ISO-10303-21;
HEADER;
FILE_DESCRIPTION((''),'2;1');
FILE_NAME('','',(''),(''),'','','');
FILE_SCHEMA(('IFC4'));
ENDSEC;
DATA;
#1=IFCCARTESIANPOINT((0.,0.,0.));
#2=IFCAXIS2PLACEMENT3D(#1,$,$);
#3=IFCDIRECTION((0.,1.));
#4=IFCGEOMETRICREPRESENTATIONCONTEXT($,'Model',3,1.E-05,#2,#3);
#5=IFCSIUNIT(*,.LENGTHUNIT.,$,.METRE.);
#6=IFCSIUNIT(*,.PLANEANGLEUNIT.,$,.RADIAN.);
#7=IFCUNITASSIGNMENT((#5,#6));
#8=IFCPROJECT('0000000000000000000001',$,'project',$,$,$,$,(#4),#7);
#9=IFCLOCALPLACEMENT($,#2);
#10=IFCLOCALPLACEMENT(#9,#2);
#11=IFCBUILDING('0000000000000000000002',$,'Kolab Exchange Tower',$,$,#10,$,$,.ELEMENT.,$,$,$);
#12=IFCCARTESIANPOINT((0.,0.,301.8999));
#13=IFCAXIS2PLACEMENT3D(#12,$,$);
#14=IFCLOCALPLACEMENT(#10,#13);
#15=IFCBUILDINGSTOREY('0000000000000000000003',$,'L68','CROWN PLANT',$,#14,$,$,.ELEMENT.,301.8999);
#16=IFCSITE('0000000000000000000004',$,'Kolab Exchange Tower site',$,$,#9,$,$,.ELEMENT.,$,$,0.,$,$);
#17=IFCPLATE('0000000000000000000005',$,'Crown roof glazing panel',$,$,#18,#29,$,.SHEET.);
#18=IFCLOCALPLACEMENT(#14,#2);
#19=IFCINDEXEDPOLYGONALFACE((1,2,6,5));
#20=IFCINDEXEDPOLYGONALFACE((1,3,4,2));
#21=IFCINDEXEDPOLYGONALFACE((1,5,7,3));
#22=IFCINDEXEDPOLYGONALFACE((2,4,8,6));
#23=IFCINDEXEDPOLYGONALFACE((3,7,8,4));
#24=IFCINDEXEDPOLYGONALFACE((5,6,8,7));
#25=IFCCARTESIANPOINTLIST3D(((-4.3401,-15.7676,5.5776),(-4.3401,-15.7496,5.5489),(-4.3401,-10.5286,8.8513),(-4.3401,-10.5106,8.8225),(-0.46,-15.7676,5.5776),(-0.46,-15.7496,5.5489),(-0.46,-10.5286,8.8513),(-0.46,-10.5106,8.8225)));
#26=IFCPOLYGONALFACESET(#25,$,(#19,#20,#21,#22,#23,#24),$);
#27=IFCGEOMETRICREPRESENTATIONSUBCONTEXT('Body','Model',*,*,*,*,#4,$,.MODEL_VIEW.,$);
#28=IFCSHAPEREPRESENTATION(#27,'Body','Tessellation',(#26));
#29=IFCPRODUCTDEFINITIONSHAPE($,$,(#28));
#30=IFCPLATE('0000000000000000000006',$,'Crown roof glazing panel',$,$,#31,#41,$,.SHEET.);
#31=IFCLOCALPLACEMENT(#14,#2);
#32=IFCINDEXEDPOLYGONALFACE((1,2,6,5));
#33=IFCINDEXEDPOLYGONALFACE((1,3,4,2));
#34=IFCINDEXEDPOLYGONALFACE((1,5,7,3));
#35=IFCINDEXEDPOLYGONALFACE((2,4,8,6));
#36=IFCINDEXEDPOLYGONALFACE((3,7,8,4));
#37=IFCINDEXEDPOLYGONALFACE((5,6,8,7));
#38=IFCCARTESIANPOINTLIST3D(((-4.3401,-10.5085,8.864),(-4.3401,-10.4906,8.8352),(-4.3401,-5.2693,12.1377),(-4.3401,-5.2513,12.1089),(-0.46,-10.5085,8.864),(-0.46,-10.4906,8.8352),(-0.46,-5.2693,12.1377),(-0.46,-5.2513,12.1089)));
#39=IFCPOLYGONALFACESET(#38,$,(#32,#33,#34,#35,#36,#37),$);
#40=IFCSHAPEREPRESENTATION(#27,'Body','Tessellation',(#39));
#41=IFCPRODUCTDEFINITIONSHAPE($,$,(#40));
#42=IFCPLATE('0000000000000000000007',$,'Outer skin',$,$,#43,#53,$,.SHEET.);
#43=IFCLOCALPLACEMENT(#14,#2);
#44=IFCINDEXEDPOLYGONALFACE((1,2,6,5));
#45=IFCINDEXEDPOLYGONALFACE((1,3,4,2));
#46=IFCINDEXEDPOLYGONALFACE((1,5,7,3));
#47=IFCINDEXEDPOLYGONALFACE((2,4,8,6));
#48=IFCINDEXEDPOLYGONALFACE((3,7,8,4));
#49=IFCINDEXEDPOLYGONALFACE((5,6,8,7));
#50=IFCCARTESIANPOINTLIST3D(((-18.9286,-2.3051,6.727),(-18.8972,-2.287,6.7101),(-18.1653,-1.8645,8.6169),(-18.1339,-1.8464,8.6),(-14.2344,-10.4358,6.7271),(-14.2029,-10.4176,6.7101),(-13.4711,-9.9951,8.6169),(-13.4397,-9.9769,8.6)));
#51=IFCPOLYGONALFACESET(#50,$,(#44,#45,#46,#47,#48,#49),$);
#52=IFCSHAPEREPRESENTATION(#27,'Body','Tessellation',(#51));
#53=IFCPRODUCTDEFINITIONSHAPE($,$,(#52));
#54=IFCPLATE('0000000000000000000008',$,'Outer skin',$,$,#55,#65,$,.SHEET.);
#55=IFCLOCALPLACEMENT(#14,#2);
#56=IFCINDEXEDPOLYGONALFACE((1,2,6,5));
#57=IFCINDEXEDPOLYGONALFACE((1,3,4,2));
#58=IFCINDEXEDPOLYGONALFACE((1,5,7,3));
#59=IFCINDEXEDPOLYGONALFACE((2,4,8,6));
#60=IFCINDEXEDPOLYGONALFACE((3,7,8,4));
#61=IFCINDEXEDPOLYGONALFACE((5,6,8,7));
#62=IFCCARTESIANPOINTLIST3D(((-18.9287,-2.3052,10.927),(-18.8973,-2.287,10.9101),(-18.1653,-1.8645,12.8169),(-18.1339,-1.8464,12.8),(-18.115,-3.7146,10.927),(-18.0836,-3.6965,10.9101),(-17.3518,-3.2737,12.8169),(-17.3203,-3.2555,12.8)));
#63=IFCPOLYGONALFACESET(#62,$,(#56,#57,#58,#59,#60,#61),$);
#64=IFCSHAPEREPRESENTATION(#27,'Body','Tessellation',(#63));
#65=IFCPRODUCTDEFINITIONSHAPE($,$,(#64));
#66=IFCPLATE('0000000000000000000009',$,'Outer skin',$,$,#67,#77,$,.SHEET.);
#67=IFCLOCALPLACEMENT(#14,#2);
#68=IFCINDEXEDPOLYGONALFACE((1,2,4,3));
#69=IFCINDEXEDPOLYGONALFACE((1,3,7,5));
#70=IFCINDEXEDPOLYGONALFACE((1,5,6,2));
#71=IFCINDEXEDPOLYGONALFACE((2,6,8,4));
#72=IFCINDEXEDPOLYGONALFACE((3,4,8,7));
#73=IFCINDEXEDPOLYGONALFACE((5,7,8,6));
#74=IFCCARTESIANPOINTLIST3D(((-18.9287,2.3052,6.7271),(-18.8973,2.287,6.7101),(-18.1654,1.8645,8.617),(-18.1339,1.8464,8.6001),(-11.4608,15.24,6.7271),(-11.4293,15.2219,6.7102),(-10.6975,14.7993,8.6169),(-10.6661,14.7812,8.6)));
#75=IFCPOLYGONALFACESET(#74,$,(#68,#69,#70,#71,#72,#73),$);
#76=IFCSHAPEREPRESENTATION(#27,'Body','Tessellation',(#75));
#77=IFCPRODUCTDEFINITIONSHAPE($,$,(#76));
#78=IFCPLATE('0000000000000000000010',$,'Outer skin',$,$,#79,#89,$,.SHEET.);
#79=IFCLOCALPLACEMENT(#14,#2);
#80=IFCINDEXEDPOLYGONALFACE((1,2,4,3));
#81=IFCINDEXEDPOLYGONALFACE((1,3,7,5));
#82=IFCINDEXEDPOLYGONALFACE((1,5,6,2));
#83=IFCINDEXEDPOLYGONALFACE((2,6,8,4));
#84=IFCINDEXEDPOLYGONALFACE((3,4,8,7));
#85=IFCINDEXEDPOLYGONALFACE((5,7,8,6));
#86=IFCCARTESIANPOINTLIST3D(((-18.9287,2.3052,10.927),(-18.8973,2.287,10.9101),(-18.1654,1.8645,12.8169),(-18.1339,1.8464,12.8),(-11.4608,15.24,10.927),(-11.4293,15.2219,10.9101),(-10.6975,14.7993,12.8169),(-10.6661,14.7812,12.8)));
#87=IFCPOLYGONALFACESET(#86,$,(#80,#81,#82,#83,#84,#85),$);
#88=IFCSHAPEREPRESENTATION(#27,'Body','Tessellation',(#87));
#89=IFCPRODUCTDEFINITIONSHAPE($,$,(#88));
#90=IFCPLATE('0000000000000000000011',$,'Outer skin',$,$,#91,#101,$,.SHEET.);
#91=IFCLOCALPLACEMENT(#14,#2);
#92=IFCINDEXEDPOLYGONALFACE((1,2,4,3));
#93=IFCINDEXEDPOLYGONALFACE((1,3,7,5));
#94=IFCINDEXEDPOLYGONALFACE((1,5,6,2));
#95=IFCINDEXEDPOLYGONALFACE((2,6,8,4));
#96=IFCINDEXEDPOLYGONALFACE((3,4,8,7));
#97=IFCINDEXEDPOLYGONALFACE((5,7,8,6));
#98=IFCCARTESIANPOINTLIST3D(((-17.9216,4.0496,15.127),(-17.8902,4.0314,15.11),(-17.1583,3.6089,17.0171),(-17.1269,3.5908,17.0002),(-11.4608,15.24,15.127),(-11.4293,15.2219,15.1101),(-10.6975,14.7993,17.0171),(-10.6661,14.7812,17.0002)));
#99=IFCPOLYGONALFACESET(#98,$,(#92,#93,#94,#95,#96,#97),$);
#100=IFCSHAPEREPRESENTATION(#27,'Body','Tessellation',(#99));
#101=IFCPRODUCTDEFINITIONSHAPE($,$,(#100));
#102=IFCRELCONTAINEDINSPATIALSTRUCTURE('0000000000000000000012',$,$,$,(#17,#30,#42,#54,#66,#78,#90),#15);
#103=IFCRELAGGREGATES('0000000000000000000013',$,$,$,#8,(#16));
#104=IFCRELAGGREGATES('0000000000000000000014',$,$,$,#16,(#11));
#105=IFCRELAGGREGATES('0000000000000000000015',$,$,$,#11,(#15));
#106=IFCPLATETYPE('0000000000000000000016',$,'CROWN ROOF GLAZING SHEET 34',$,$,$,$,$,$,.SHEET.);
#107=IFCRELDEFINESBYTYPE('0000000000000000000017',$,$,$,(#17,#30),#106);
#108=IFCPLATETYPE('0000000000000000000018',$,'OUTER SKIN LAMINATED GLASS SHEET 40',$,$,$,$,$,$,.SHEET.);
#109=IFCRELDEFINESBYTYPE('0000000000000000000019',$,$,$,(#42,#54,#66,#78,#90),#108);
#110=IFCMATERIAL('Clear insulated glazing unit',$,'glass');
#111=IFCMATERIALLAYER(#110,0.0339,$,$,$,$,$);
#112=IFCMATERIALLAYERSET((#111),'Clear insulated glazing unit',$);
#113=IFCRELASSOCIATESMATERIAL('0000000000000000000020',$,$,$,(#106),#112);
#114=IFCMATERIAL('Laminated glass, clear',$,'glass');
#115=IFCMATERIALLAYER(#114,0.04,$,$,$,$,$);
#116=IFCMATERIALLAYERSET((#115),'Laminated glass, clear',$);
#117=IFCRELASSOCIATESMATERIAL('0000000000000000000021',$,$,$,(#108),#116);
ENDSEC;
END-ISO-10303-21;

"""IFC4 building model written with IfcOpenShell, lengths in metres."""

from ifc_helpers import new_model, si_unit, direction, frame, origin, place, context, subcontext, project, spatial, polyline, outline, extrude, material, layer, layer_set, type_object, element, save


model = new_model("IFC4")

# Units and contexts
model_context = context("Model", 3, precision=1e-05, world=origin(), true_north=direction((0.0, 1.0)))
body_context = subcontext(model_context, "Body", "Model", "MODEL_VIEW")
ifc_project = project(units=[si_unit("LENGTHUNIT", "METRE"), si_unit("PLANEANGLEUNIT", "RADIAN")], contexts=[model_context])

# Site, building, storey
site_placement = place(None, origin())
site = spatial("IfcSite", under=ifc_project, at=site_placement, Name="Kolab Exchange Tower site", CompositionType="ELEMENT", RefElevation=0.0)
building_placement = place(site_placement, origin())
building = spatial("IfcBuilding", under=site, at=building_placement, Name="Kolab Exchange Tower", CompositionType="ELEMENT")
storey_placement = place(building_placement, frame((0.0, 0.0, 301.8999)))
storey = spatial("IfcBuildingStorey", under=building, at=storey_placement, Name="L68", Description="CROWN PLANT", CompositionType="ELEMENT", Elevation=301.8999)

# Plates
ifc_material_1 = material(Name="Clear insulated glazing unit", Category="glass")
ifc_layer_1 = layer(ifc_material_1, 0.0339)
ifc_layer_set_1 = layer_set([ifc_layer_1], Name="Clear insulated glazing unit")
plate_type_1 = type_object("IfcPlateType", Name="CROWN ROOF GLAZING SHEET 34", PredefinedType="SHEET", material=ifc_layer_set_1)
plate_1_placement = place(storey_placement, frame((-4.3401, -15.7676, 5.5776), z_axis=(0.0, -0.529917, 0.848049), x_axis=(0.0, 0.848049, 0.529917)))
element("IfcPlate", 1, at=plate_1_placement, inside=storey, type_object=plate_type_1, Name="Crown roof glazing panel", PredefinedType="SHEET", context=body_context, shape_type="SweptSolid", body=[
    extrude(outline(polyline([(0.0, 0.0), (6.1777, 0.0), (6.1777, -3.8801), (0.0, -3.8801), (0.0, 0.0)])), origin(), (0.0, 0.0, -1.0), 0.0339),
])
plate_2_placement = place(storey_placement, frame((-4.3401, -10.5085, 8.864), z_axis=(0.0, -0.529899, 0.84806), x_axis=(0.0, 0.84806, 0.529899)))
element("IfcPlate", 2, at=plate_2_placement, inside=storey, type_object=plate_type_1, Name="Crown roof glazing panel", PredefinedType="SHEET", context=body_context, shape_type="SweptSolid", body=[
    extrude(outline(polyline([(0.0, 0.0), (6.1779, 0.0), (6.1779, -3.8801), (0.0, -3.8801), (0.0, 0.0)])), origin(), (0.0, 0.0, -1.0), 0.0339),
])
ifc_material_2 = material(Name="Laminated glass, clear", Category="glass")
ifc_layer_2 = layer(ifc_material_2, 0.04)
ifc_layer_set_2 = layer_set([ifc_layer_2], Name="Laminated glass, clear")
plate_type_2 = type_object("IfcPlateType", Name="OUTER SKIN LAMINATED GLASS SHEET 40", PredefinedType="SHEET", material=ifc_layer_set_2)
plate_3_placement = place(storey_placement, frame((-14.2344, -10.4358, 6.7271), z_axis=(-0.784868, -0.453144, 0.422661), x_axis=(-0.500002, 0.866024, -0.000004)))
element("IfcPlate", 3, at=plate_3_placement, inside=storey, type_object=plate_type_2, Name="Outer skin", PredefinedType="SHEET", context=body_context, shape_type="SweptSolid", body=[
    extrude(outline(polyline([(0.0, 0.0), (9.3885, 0.0), (9.3884, -2.0854), (0.0, -2.0853), (0.0, 0.0)])), origin(), (0.0, 0.0, -1.0), 0.04),
])
plate_4_placement = place(storey_placement, frame((-18.115, -3.7146, 10.927), z_axis=(-0.784874, -0.453112, 0.422685), x_axis=(-0.499976, 0.866039, -0.000011)))
element("IfcPlate", 4, at=plate_4_placement, inside=storey, type_object=plate_type_2, Name="Outer skin", PredefinedType="SHEET", context=body_context, shape_type="SweptSolid", body=[
    extrude(outline(polyline([(0.0, 0.0), (1.6275, 0.0), (1.6274, -2.0854), (0.0003, -2.0853), (0.0, 0.0)])), origin(), (0.0, 0.0, -1.0), 0.04),
])
for number, where, z_axis, x_axis, name in (
    (5, (-18.9287, 2.3052, 6.7271), (-0.784869, 0.453143, 0.422661), (0.5, 0.866025, 0.000003), "Outer skin"),
    (6, (-18.9287, 2.3052, 10.927), (-0.784869, 0.453143, 0.422661), (0.5, 0.866025, 0.000003), "Outer skin"),
):
    element("IfcPlate", number, at=place(storey_placement, frame(where, z_axis=z_axis, x_axis=x_axis)), inside=storey, type_object=plate_type_2, Name=name, PredefinedType="SHEET", context=body_context, shape_type="SweptSolid", body=[
        extrude(outline(polyline([(0.0, 0.0), (14.9359, 0.0), (14.9358, -2.0853), (0.0001, -2.0854), (0.0, 0.0)])), origin(), (0.0, 0.0, -1.0), 0.04),
    ])
plate_5_placement = place(storey_placement, frame((-17.9216, 4.0496, 15.127), z_axis=(-0.784886, 0.453155, 0.422616), x_axis=(0.500002, 0.866024, 0.000003)))
element("IfcPlate", 7, at=plate_5_placement, inside=storey, type_object=plate_type_2, Name="Outer skin", PredefinedType="SHEET", context=body_context, shape_type="SweptSolid", body=[
    extrude(outline(polyline([(0.0, 0.0), (12.9217, 0.0), (12.9216, -2.0855), (0.0001, -2.0856), (0.0, 0.0)])), origin(), (0.0, 0.0, -1.0), 0.04),
])

save(model, "model.ifc")
